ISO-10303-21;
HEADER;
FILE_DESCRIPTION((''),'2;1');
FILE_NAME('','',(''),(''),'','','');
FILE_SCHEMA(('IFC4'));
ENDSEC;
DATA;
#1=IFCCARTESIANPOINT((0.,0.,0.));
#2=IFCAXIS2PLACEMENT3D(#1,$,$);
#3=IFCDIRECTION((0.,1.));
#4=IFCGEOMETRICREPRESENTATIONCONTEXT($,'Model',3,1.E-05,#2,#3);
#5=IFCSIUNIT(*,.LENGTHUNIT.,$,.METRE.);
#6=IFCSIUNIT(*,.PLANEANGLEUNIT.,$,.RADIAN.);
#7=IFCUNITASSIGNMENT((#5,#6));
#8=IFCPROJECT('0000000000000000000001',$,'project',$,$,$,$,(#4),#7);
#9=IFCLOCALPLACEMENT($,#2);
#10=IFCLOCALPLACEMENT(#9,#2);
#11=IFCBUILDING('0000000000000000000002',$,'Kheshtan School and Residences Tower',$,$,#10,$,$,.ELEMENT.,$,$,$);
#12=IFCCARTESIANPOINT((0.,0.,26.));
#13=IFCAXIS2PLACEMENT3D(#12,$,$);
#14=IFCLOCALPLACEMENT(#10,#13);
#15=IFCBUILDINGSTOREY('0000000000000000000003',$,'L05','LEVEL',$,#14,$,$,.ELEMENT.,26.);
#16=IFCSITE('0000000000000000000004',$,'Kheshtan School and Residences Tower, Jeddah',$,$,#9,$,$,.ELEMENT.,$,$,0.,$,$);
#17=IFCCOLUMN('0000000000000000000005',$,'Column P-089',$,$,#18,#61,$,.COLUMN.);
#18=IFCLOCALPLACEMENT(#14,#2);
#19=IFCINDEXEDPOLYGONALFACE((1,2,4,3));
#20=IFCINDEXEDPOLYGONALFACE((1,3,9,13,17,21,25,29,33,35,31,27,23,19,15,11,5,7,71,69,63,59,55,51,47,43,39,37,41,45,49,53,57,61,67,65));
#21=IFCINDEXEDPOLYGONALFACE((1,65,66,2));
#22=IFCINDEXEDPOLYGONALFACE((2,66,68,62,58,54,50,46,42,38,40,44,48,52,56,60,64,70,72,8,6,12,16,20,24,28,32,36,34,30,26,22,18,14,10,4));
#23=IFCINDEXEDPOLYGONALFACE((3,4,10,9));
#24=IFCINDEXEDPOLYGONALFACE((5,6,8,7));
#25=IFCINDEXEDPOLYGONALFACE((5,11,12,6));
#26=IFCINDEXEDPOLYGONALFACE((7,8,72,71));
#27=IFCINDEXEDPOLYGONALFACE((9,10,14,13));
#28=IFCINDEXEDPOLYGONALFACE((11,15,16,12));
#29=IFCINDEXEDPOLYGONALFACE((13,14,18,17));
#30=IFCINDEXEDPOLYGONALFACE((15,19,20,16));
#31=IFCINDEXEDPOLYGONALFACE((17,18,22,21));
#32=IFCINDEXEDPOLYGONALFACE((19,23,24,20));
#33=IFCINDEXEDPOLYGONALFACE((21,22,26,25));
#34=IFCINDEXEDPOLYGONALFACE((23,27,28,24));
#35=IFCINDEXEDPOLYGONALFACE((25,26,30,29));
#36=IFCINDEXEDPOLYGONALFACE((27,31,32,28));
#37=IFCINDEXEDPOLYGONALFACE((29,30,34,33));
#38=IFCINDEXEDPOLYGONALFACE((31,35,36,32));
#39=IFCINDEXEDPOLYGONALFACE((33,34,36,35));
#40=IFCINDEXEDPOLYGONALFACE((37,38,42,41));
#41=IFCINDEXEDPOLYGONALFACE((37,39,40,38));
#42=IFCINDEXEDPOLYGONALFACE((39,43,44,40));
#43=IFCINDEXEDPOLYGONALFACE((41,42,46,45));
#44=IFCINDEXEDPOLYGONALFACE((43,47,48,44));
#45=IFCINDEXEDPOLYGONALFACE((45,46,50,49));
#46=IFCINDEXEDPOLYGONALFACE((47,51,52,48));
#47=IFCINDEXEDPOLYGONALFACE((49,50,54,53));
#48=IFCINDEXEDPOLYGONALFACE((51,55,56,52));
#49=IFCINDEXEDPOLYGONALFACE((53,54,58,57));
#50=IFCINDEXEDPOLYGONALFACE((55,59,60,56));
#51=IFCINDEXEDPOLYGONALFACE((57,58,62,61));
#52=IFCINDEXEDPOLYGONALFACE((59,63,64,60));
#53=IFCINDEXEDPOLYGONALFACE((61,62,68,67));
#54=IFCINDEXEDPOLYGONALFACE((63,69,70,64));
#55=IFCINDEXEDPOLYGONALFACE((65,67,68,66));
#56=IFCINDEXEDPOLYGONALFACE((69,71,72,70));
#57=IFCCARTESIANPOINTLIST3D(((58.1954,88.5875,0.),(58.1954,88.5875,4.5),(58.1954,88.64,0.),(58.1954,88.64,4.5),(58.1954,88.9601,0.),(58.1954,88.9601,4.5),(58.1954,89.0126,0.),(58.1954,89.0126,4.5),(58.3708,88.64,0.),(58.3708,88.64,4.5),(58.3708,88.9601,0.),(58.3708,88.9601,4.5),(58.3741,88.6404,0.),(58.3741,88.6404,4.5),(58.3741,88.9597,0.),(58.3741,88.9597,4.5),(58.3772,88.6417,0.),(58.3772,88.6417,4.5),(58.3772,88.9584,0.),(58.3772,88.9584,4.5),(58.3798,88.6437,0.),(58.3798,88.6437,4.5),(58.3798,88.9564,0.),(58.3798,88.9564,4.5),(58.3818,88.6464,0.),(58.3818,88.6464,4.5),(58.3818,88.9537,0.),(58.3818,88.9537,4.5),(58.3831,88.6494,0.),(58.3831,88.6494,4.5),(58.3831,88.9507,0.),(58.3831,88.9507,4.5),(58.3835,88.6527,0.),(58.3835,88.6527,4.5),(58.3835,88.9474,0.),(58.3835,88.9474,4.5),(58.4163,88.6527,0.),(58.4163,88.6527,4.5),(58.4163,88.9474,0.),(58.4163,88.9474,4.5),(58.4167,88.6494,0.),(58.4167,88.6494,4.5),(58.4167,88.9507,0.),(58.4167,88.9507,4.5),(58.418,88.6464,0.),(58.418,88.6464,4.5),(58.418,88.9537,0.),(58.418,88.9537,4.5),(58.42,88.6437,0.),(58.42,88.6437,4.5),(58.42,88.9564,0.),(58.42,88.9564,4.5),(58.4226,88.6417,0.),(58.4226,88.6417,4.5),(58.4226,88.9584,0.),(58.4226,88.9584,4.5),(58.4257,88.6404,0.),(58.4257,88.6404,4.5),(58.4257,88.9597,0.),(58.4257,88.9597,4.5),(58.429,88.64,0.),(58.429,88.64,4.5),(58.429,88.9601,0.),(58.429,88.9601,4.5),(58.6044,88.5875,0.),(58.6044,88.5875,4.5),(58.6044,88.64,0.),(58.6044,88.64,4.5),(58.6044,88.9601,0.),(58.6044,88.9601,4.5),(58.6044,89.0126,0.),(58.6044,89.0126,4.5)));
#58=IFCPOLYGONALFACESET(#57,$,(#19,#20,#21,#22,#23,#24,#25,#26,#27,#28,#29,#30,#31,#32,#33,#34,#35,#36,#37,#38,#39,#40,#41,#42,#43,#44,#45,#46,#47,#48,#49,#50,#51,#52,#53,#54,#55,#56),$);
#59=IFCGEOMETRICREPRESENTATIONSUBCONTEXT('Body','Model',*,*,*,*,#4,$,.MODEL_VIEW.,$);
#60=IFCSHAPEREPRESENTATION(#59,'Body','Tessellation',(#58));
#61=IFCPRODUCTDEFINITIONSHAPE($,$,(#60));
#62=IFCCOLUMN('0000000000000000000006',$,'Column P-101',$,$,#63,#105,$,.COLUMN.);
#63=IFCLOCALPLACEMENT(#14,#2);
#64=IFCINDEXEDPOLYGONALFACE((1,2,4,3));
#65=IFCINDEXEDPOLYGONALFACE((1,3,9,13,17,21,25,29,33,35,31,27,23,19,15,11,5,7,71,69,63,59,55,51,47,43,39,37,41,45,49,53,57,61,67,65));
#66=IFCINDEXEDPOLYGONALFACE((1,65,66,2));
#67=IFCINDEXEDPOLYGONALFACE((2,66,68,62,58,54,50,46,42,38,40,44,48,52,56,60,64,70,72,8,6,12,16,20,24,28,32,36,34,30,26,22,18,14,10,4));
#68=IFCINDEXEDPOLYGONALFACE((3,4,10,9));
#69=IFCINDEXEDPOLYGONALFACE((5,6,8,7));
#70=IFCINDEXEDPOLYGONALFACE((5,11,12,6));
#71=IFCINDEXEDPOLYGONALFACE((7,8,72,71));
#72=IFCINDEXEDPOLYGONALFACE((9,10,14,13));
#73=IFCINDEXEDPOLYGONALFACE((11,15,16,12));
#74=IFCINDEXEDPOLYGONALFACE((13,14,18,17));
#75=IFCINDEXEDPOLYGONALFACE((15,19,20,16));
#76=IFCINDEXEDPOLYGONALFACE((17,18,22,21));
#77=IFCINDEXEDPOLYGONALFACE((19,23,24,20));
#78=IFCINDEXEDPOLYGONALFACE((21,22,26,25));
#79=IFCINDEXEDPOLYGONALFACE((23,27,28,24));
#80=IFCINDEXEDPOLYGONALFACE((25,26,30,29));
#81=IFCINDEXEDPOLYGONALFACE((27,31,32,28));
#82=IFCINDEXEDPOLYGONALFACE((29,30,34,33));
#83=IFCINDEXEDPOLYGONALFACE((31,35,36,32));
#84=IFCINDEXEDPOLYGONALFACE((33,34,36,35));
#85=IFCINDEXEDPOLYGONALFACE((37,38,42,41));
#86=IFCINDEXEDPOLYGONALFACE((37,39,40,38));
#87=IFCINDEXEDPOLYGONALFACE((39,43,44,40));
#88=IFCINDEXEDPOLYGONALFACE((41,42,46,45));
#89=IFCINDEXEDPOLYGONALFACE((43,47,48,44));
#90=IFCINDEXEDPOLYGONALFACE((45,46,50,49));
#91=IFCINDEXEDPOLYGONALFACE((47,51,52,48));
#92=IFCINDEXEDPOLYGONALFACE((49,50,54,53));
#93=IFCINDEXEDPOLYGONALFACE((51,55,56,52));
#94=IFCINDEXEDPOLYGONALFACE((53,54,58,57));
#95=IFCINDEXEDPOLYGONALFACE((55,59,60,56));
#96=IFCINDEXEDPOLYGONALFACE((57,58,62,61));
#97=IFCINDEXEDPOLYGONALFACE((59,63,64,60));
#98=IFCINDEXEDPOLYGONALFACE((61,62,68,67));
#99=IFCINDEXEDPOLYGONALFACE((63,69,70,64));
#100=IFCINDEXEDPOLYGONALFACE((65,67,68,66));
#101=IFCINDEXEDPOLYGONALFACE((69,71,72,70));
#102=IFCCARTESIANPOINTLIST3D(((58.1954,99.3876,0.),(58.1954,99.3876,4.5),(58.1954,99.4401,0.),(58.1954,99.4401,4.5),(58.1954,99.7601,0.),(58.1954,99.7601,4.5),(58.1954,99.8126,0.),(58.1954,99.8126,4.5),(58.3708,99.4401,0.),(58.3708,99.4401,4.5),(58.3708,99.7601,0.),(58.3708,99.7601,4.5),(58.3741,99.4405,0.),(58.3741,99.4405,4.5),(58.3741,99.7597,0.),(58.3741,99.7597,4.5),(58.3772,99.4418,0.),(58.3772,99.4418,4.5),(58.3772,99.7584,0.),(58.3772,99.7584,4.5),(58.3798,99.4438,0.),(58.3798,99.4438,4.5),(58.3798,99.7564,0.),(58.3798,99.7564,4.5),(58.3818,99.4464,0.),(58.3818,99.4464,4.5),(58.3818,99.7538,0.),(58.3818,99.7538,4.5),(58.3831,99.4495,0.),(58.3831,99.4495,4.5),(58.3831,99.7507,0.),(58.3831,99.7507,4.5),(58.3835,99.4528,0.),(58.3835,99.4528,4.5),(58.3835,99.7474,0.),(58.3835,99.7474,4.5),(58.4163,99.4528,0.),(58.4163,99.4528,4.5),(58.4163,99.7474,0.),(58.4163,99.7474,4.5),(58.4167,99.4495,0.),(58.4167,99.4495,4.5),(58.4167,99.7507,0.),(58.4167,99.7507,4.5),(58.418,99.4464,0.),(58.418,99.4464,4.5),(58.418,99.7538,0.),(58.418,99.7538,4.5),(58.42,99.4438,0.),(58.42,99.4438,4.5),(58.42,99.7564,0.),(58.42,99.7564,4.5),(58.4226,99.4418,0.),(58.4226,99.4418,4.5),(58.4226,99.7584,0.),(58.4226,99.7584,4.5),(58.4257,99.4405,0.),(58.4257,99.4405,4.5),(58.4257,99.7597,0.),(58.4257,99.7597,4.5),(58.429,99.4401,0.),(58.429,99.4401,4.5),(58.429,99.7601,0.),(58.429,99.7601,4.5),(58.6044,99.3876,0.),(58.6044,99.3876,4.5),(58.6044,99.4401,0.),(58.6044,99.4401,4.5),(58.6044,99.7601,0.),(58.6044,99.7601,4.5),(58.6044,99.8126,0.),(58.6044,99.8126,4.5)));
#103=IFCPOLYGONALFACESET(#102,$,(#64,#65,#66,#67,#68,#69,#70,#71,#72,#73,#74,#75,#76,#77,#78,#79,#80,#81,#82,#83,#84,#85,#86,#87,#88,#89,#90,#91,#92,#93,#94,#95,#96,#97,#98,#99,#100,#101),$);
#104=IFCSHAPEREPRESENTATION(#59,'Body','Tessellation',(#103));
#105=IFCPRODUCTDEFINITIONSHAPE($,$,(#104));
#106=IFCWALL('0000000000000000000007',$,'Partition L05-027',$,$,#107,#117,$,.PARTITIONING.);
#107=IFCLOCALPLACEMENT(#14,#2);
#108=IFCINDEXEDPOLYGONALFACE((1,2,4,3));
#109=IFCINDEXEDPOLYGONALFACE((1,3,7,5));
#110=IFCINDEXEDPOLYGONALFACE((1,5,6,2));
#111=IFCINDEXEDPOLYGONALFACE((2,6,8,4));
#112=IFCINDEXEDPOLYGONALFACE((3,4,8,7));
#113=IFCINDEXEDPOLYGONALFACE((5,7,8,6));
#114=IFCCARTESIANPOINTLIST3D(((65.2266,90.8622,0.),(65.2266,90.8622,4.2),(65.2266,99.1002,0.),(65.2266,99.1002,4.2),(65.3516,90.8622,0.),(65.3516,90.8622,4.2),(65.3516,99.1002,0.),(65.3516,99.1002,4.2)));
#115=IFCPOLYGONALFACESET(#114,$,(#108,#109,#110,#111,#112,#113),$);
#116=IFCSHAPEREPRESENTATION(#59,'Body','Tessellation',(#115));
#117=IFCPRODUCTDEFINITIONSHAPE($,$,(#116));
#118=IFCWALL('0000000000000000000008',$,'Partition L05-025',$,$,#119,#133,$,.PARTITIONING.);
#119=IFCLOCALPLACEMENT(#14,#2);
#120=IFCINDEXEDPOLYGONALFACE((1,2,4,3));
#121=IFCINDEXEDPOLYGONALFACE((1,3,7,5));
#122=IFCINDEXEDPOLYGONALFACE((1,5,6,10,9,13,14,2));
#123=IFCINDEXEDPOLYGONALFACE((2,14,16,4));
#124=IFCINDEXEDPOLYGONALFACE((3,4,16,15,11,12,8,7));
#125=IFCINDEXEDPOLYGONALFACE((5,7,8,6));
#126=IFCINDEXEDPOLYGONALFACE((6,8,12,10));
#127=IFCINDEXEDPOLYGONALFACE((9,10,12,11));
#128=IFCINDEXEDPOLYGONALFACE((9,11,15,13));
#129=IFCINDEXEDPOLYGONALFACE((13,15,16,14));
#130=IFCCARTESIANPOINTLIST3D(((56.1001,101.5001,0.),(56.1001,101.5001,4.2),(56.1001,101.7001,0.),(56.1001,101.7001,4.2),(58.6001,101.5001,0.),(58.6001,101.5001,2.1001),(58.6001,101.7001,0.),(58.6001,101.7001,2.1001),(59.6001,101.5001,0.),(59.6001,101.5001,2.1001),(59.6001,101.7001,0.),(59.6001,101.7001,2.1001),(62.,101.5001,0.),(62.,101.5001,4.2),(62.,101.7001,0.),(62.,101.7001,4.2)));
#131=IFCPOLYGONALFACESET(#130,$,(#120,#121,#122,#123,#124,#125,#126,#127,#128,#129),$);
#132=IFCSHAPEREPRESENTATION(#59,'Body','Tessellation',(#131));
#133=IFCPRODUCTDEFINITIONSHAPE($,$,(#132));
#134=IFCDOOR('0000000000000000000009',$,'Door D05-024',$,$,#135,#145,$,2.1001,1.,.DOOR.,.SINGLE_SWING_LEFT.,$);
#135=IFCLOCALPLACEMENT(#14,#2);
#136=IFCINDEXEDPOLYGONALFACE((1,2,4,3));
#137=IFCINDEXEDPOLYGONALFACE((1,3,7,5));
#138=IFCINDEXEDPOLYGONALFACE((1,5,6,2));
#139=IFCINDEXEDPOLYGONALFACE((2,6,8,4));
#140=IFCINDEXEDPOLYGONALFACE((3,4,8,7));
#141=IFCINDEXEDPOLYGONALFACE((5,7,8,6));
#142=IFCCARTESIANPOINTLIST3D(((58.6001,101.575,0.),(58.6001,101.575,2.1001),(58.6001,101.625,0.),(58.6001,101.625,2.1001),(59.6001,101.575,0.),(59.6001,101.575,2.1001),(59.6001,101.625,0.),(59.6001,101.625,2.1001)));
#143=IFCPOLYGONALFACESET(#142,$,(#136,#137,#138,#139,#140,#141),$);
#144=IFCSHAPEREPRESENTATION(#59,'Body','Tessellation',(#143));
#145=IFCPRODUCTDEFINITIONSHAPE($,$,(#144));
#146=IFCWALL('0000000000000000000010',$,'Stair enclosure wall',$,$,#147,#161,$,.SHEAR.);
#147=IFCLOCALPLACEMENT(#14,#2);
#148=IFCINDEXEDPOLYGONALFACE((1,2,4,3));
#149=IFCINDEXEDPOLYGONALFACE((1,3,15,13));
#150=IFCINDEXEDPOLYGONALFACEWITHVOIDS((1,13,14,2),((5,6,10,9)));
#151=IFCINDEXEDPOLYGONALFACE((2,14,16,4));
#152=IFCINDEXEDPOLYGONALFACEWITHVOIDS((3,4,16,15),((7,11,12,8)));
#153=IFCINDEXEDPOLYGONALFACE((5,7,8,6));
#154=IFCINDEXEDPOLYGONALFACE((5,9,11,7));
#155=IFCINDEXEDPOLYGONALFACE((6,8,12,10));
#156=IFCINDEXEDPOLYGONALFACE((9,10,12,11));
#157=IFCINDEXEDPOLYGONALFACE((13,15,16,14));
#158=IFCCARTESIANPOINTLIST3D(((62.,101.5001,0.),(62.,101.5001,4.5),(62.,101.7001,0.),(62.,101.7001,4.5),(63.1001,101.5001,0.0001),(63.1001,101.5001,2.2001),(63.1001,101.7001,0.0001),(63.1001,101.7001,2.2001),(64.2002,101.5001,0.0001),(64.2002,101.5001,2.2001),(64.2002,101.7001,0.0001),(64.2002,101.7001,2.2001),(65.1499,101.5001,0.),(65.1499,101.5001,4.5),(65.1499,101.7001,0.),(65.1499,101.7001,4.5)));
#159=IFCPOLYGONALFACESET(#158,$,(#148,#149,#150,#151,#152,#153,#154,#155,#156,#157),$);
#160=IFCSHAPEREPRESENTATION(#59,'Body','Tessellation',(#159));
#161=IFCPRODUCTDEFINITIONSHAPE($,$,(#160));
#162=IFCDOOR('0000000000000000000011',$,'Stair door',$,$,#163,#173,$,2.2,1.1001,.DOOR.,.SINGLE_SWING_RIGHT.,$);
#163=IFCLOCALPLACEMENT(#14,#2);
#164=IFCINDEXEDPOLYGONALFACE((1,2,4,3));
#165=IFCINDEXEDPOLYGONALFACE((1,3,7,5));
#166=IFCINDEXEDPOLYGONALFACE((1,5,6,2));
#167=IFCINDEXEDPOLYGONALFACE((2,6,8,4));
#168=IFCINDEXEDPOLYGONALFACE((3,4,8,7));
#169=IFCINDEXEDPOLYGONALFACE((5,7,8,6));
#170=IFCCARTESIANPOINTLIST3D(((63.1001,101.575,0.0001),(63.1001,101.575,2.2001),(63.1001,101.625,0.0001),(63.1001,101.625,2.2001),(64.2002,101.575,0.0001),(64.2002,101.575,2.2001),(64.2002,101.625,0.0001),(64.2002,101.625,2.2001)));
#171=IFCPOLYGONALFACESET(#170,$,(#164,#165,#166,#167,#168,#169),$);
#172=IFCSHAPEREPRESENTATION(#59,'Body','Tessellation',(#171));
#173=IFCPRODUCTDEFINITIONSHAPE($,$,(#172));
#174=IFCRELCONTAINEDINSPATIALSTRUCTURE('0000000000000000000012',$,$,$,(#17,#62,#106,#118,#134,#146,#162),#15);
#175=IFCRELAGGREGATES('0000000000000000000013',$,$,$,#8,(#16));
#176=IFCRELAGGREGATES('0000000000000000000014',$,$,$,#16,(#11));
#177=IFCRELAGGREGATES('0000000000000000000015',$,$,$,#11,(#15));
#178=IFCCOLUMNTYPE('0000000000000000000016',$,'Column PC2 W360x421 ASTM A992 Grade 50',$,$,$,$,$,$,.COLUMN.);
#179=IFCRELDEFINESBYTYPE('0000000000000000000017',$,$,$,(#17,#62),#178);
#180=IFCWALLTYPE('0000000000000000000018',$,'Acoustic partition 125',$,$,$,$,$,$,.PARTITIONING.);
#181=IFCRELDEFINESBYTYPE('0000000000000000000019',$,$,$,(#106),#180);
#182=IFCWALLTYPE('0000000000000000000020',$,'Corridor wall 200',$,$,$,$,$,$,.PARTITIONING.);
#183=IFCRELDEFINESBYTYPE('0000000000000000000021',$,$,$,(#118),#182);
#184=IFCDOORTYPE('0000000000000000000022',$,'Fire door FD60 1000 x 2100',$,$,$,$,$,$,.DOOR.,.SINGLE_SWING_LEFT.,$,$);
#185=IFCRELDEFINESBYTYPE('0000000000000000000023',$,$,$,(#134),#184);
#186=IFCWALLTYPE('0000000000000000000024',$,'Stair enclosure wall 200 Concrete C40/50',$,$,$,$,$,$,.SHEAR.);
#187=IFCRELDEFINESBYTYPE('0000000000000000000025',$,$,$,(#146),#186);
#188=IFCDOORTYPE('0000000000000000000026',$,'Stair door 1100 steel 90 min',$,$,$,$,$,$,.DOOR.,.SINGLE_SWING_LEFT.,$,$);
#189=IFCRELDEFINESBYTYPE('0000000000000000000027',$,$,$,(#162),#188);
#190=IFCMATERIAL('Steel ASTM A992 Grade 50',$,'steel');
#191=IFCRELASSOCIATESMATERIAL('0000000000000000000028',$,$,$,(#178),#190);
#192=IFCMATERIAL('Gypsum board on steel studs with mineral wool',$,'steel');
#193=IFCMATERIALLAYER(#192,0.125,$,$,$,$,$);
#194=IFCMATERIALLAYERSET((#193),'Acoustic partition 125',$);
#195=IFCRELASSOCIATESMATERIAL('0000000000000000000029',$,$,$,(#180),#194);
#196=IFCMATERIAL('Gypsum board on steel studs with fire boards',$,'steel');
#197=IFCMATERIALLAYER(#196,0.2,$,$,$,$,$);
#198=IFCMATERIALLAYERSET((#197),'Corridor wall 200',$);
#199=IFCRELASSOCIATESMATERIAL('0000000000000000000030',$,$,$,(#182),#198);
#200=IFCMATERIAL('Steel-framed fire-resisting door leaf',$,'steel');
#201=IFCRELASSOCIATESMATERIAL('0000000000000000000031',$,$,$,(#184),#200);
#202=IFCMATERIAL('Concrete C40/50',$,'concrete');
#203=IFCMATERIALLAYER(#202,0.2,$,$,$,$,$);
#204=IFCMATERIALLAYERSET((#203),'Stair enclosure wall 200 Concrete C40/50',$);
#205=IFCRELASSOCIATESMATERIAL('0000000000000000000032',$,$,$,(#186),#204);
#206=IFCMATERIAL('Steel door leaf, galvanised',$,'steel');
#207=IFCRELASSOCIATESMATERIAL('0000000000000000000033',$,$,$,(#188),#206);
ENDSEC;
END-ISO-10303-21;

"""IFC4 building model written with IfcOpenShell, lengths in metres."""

from ifc_helpers import new_model, si_unit, direction, frame, frame_2d, origin, origin_2d, place, context, subcontext, project, spatial, rectangle, i_section, extrude, source, transform, mapped, material, layer, layer_set, material_profile, profile_set, type_object, element, fill, save


model = new_model("IFC4")

# Units and contexts
model_context = context("Model", 3, precision=1e-05, world=origin(), true_north=direction((0.0, 1.0)))
body_context = subcontext(model_context, "Body", "Model", "MODEL_VIEW")
ifc_project = project(units=[si_unit("LENGTHUNIT", "METRE"), si_unit("PLANEANGLEUNIT", "RADIAN")], contexts=[model_context])

# Site, building, storey
site_placement = place(None, origin())
site = spatial("IfcSite", under=ifc_project, at=site_placement, Name="Kheshtan School and Residences Tower, Jeddah", CompositionType="ELEMENT", RefElevation=0.0)
building_placement = place(site_placement, origin())
building = spatial("IfcBuilding", under=site, at=building_placement, Name="Kheshtan School and Residences Tower", CompositionType="ELEMENT")
storey_placement = place(building_placement, frame((0.0, 0.0, 26.0)))
storey = spatial("IfcBuildingStorey", under=building, at=storey_placement, Name="L05", Description="LEVEL", CompositionType="ELEMENT", Elevation=26.0)

# Columns
ifc_material_1 = material(Name="Steel ASTM A992 Grade 50", Category="steel")
ifc_material_profile = material_profile(ifc_material_1, i_section(OverallWidth=0.4089, OverallDepth=0.425, WebThickness=0.0327, FlangeThickness=0.0525, FilletRadius=0.0127, at=origin_2d()), Name="W360x421")
ifc_profile_set = profile_set([ifc_material_profile], Name="Steel ASTM A992 Grade 50")
column_type = type_object("IfcColumnType", Name="Column PC2 W360x421 ASTM A992 Grade 50", PredefinedType="COLUMN", material=ifc_profile_set)
for number, where, z_axis, x_axis, name in (
    (1, (58.3999, 88.8, 0.0), (0.0, 0.0, 1.0), (1.0, 0.0, 0.0), "Column P-089"),
    (2, (58.3999, 99.6001, 0.0), (0.0, 0.0, 1.0), (1.0, 0.0, 0.0), "Column P-101"),
):
    element("IfcColumn", number, at=place(storey_placement, frame(where, z_axis=z_axis, x_axis=x_axis)), inside=storey, type_object=column_type, Name=name, PredefinedType="COLUMN", context=body_context, shape_type="SweptSolid", body=[
        extrude(i_section(OverallWidth=0.4089, OverallDepth=0.425, WebThickness=0.0327, FlangeThickness=0.0525, FilletRadius=0.0127, at=origin_2d()), origin(), (0.0, 0.0, 1.0), 4.5),
    ])

# Wall
ifc_material_2 = material(Name="Gypsum board on steel studs with mineral wool", Category="steel")
ifc_layer_1 = layer(ifc_material_2, 0.125)
ifc_layer_set_1 = layer_set([ifc_layer_1], Name="Acoustic partition 125")
wall_type_1 = type_object("IfcWallType", Name="Acoustic partition 125", PredefinedType="PARTITIONING", material=ifc_layer_set_1)
wall_1_placement = place(storey_placement, frame((65.2891, 90.8621, 0.0), z_axis=(0.0, 0.0, 1.0), x_axis=(0.0, 1.0, 0.0)))
element("IfcWall", 3, at=wall_1_placement, inside=storey, type_object=wall_type_1, Name="Partition L05-027", PredefinedType="PARTITIONING", context=body_context, shape_type="SweptSolid", body=[
    extrude(rectangle(XDim=8.238, YDim=0.125, at=frame_2d((4.1191, 0.0))), origin(), (0.0, 0.0, 1.0), 4.2),
])

# Shared definitions
ifc_material_3 = material(Name="Gypsum board on steel studs with fire boards", Category="steel")
ifc_layer_2 = layer(ifc_material_3, 0.2)
ifc_layer_set_2 = layer_set([ifc_layer_2], Name="Corridor wall 200")
wall_type_2 = type_object("IfcWallType", Name="Corridor wall 200", PredefinedType="PARTITIONING", material=ifc_layer_set_2)
ifc_material_4 = material(Name="Steel-framed fire-resisting door leaf", Category="steel")
door_type_1 = type_object("IfcDoorType", Name="Fire door FD60 1000 x 2100", OperationType="SINGLE_SWING_LEFT", PredefinedType="DOOR", material=ifc_material_4)
shared_shape_1 = source(origin(), body_context, "Body", "SweptSolid", [
    extrude(rectangle(XDim=1.0, YDim=2.1001, at=frame_2d((0.5, 1.05))), frame((0.0, 0.0249, 0.0), z_axis=(0.0, -1.0, 0.0), x_axis=(1.0, 0.0, 0.0)), (0.0, 0.0, 1.0), 0.05),
])

# Walls, openings, doors
wall_2_placement = place(storey_placement, frame((56.1001, 101.6001, 0.0), z_axis=(0.0, 0.0, 1.0), x_axis=(1.0, 0.0, 0.0)))
wall_2 = element("IfcWall", 4, at=wall_2_placement, inside=storey, type_object=wall_type_2, Name="Partition L05-025", PredefinedType="PARTITIONING", context=body_context, shape_type="SweptSolid", body=[
    extrude(rectangle(XDim=5.8999, YDim=0.2, at=frame_2d((2.95, 0.0))), origin(), (0.0, 0.0, 1.0), 4.2),
])
opening_1_placement = place(wall_2_placement, frame((2.5, 0.0, 0.0)))
opening_1 = element("IfcOpeningElement", 5, at=opening_1_placement, cuts=wall_2, PredefinedType="OPENING", context=body_context, shape_type="SweptSolid", body=[
    extrude(rectangle(XDim=1.0, YDim=2.1001, at=frame_2d((0.5, 1.05))), frame((0.0, 0.1099, 0.0), z_axis=(0.0, -1.0, 0.0), x_axis=(1.0, 0.0, 0.0)), (0.0, 0.0, 1.0), 0.22),
])
door_1_placement = place(opening_1_placement, origin())
door_1 = element("IfcDoor", 6, at=door_1_placement, inside=storey, type_object=door_type_1, Name="Door D05-024", OperationType="SINGLE_SWING_LEFT", OverallHeight=2.1001, OverallWidth=1.0, PredefinedType="DOOR", context=body_context, shape_type="MappedRepresentation", body=[
    mapped(shared_shape_1, transform((0.0, 0.0, 0.0), x_axis=(1.0, 0.0, 0.0), y_axis=(0.0, 1.0, 0.0), z_axis=(0.0, 0.0, 1.0), scale=1.0)),
])
fill(opening_1, door_1)
ifc_material_5 = material(Name="Concrete C40/50", Category="concrete")
ifc_layer_3 = layer(ifc_material_5, 0.2)
ifc_layer_set_3 = layer_set([ifc_layer_3], Name="Stair enclosure wall 200 Concrete C40/50")
wall_type_3 = type_object("IfcWallType", Name="Stair enclosure wall 200 Concrete C40/50", PredefinedType="SHEAR", material=ifc_layer_set_3)
wall_3_placement = place(storey_placement, frame((62.0, 101.6001, 0.0), z_axis=(0.0, 0.0, 1.0), x_axis=(1.0, 0.0, 0.0)))
wall_3 = element("IfcWall", 7, at=wall_3_placement, inside=storey, type_object=wall_type_3, Name="Stair enclosure wall", PredefinedType="SHEAR", context=body_context, shape_type="SweptSolid", body=[
    extrude(rectangle(XDim=3.1499, YDim=0.2, at=frame_2d((1.575, 0.0))), origin(), (0.0, 0.0, 1.0), 4.5),
])
opening_2_placement = place(wall_3_placement, frame((1.1001, 0.0, 0.0)))
opening_2 = element("IfcOpeningElement", 8, at=opening_2_placement, cuts=wall_3, PredefinedType="OPENING", context=body_context, shape_type="SweptSolid", body=[
    extrude(rectangle(XDim=1.1001, YDim=2.2, at=frame_2d((0.55, 1.1001))), frame((0.0, 0.1099, 0.0), z_axis=(0.0, -1.0, 0.0), x_axis=(1.0, 0.0, 0.0)), (0.0, 0.0, 1.0), 0.22),
])
ifc_material_6 = material(Name="Steel door leaf, galvanised", Category="steel")
door_type_2 = type_object("IfcDoorType", Name="Stair door 1100 steel 90 min", OperationType="SINGLE_SWING_LEFT", PredefinedType="DOOR", material=ifc_material_6)
shared_shape_2 = source(origin(), body_context, "Body", "SweptSolid", [
    extrude(rectangle(XDim=1.1001, YDim=2.2, at=frame_2d((0.55, 1.1001))), frame((0.0, 0.0249, 0.0), z_axis=(0.0, -1.0, 0.0), x_axis=(1.0, 0.0, 0.0)), (0.0, 0.0, 1.0), 0.05),
])
door_2_placement = place(opening_2_placement, origin())
door_2 = element("IfcDoor", 9, at=door_2_placement, inside=storey, type_object=door_type_2, Name="Stair door", OperationType="SINGLE_SWING_RIGHT", OverallHeight=2.2, OverallWidth=1.1001, PredefinedType="DOOR", context=body_context, shape_type="MappedRepresentation", body=[
    mapped(shared_shape_2, transform((0.0, 0.0, 0.0), x_axis=(1.0, 0.0, 0.0), y_axis=(0.0, 1.0, 0.0), z_axis=(0.0, 0.0, 1.0), scale=1.0)),
])
fill(opening_2, door_2)

save(model, "model.ifc")
